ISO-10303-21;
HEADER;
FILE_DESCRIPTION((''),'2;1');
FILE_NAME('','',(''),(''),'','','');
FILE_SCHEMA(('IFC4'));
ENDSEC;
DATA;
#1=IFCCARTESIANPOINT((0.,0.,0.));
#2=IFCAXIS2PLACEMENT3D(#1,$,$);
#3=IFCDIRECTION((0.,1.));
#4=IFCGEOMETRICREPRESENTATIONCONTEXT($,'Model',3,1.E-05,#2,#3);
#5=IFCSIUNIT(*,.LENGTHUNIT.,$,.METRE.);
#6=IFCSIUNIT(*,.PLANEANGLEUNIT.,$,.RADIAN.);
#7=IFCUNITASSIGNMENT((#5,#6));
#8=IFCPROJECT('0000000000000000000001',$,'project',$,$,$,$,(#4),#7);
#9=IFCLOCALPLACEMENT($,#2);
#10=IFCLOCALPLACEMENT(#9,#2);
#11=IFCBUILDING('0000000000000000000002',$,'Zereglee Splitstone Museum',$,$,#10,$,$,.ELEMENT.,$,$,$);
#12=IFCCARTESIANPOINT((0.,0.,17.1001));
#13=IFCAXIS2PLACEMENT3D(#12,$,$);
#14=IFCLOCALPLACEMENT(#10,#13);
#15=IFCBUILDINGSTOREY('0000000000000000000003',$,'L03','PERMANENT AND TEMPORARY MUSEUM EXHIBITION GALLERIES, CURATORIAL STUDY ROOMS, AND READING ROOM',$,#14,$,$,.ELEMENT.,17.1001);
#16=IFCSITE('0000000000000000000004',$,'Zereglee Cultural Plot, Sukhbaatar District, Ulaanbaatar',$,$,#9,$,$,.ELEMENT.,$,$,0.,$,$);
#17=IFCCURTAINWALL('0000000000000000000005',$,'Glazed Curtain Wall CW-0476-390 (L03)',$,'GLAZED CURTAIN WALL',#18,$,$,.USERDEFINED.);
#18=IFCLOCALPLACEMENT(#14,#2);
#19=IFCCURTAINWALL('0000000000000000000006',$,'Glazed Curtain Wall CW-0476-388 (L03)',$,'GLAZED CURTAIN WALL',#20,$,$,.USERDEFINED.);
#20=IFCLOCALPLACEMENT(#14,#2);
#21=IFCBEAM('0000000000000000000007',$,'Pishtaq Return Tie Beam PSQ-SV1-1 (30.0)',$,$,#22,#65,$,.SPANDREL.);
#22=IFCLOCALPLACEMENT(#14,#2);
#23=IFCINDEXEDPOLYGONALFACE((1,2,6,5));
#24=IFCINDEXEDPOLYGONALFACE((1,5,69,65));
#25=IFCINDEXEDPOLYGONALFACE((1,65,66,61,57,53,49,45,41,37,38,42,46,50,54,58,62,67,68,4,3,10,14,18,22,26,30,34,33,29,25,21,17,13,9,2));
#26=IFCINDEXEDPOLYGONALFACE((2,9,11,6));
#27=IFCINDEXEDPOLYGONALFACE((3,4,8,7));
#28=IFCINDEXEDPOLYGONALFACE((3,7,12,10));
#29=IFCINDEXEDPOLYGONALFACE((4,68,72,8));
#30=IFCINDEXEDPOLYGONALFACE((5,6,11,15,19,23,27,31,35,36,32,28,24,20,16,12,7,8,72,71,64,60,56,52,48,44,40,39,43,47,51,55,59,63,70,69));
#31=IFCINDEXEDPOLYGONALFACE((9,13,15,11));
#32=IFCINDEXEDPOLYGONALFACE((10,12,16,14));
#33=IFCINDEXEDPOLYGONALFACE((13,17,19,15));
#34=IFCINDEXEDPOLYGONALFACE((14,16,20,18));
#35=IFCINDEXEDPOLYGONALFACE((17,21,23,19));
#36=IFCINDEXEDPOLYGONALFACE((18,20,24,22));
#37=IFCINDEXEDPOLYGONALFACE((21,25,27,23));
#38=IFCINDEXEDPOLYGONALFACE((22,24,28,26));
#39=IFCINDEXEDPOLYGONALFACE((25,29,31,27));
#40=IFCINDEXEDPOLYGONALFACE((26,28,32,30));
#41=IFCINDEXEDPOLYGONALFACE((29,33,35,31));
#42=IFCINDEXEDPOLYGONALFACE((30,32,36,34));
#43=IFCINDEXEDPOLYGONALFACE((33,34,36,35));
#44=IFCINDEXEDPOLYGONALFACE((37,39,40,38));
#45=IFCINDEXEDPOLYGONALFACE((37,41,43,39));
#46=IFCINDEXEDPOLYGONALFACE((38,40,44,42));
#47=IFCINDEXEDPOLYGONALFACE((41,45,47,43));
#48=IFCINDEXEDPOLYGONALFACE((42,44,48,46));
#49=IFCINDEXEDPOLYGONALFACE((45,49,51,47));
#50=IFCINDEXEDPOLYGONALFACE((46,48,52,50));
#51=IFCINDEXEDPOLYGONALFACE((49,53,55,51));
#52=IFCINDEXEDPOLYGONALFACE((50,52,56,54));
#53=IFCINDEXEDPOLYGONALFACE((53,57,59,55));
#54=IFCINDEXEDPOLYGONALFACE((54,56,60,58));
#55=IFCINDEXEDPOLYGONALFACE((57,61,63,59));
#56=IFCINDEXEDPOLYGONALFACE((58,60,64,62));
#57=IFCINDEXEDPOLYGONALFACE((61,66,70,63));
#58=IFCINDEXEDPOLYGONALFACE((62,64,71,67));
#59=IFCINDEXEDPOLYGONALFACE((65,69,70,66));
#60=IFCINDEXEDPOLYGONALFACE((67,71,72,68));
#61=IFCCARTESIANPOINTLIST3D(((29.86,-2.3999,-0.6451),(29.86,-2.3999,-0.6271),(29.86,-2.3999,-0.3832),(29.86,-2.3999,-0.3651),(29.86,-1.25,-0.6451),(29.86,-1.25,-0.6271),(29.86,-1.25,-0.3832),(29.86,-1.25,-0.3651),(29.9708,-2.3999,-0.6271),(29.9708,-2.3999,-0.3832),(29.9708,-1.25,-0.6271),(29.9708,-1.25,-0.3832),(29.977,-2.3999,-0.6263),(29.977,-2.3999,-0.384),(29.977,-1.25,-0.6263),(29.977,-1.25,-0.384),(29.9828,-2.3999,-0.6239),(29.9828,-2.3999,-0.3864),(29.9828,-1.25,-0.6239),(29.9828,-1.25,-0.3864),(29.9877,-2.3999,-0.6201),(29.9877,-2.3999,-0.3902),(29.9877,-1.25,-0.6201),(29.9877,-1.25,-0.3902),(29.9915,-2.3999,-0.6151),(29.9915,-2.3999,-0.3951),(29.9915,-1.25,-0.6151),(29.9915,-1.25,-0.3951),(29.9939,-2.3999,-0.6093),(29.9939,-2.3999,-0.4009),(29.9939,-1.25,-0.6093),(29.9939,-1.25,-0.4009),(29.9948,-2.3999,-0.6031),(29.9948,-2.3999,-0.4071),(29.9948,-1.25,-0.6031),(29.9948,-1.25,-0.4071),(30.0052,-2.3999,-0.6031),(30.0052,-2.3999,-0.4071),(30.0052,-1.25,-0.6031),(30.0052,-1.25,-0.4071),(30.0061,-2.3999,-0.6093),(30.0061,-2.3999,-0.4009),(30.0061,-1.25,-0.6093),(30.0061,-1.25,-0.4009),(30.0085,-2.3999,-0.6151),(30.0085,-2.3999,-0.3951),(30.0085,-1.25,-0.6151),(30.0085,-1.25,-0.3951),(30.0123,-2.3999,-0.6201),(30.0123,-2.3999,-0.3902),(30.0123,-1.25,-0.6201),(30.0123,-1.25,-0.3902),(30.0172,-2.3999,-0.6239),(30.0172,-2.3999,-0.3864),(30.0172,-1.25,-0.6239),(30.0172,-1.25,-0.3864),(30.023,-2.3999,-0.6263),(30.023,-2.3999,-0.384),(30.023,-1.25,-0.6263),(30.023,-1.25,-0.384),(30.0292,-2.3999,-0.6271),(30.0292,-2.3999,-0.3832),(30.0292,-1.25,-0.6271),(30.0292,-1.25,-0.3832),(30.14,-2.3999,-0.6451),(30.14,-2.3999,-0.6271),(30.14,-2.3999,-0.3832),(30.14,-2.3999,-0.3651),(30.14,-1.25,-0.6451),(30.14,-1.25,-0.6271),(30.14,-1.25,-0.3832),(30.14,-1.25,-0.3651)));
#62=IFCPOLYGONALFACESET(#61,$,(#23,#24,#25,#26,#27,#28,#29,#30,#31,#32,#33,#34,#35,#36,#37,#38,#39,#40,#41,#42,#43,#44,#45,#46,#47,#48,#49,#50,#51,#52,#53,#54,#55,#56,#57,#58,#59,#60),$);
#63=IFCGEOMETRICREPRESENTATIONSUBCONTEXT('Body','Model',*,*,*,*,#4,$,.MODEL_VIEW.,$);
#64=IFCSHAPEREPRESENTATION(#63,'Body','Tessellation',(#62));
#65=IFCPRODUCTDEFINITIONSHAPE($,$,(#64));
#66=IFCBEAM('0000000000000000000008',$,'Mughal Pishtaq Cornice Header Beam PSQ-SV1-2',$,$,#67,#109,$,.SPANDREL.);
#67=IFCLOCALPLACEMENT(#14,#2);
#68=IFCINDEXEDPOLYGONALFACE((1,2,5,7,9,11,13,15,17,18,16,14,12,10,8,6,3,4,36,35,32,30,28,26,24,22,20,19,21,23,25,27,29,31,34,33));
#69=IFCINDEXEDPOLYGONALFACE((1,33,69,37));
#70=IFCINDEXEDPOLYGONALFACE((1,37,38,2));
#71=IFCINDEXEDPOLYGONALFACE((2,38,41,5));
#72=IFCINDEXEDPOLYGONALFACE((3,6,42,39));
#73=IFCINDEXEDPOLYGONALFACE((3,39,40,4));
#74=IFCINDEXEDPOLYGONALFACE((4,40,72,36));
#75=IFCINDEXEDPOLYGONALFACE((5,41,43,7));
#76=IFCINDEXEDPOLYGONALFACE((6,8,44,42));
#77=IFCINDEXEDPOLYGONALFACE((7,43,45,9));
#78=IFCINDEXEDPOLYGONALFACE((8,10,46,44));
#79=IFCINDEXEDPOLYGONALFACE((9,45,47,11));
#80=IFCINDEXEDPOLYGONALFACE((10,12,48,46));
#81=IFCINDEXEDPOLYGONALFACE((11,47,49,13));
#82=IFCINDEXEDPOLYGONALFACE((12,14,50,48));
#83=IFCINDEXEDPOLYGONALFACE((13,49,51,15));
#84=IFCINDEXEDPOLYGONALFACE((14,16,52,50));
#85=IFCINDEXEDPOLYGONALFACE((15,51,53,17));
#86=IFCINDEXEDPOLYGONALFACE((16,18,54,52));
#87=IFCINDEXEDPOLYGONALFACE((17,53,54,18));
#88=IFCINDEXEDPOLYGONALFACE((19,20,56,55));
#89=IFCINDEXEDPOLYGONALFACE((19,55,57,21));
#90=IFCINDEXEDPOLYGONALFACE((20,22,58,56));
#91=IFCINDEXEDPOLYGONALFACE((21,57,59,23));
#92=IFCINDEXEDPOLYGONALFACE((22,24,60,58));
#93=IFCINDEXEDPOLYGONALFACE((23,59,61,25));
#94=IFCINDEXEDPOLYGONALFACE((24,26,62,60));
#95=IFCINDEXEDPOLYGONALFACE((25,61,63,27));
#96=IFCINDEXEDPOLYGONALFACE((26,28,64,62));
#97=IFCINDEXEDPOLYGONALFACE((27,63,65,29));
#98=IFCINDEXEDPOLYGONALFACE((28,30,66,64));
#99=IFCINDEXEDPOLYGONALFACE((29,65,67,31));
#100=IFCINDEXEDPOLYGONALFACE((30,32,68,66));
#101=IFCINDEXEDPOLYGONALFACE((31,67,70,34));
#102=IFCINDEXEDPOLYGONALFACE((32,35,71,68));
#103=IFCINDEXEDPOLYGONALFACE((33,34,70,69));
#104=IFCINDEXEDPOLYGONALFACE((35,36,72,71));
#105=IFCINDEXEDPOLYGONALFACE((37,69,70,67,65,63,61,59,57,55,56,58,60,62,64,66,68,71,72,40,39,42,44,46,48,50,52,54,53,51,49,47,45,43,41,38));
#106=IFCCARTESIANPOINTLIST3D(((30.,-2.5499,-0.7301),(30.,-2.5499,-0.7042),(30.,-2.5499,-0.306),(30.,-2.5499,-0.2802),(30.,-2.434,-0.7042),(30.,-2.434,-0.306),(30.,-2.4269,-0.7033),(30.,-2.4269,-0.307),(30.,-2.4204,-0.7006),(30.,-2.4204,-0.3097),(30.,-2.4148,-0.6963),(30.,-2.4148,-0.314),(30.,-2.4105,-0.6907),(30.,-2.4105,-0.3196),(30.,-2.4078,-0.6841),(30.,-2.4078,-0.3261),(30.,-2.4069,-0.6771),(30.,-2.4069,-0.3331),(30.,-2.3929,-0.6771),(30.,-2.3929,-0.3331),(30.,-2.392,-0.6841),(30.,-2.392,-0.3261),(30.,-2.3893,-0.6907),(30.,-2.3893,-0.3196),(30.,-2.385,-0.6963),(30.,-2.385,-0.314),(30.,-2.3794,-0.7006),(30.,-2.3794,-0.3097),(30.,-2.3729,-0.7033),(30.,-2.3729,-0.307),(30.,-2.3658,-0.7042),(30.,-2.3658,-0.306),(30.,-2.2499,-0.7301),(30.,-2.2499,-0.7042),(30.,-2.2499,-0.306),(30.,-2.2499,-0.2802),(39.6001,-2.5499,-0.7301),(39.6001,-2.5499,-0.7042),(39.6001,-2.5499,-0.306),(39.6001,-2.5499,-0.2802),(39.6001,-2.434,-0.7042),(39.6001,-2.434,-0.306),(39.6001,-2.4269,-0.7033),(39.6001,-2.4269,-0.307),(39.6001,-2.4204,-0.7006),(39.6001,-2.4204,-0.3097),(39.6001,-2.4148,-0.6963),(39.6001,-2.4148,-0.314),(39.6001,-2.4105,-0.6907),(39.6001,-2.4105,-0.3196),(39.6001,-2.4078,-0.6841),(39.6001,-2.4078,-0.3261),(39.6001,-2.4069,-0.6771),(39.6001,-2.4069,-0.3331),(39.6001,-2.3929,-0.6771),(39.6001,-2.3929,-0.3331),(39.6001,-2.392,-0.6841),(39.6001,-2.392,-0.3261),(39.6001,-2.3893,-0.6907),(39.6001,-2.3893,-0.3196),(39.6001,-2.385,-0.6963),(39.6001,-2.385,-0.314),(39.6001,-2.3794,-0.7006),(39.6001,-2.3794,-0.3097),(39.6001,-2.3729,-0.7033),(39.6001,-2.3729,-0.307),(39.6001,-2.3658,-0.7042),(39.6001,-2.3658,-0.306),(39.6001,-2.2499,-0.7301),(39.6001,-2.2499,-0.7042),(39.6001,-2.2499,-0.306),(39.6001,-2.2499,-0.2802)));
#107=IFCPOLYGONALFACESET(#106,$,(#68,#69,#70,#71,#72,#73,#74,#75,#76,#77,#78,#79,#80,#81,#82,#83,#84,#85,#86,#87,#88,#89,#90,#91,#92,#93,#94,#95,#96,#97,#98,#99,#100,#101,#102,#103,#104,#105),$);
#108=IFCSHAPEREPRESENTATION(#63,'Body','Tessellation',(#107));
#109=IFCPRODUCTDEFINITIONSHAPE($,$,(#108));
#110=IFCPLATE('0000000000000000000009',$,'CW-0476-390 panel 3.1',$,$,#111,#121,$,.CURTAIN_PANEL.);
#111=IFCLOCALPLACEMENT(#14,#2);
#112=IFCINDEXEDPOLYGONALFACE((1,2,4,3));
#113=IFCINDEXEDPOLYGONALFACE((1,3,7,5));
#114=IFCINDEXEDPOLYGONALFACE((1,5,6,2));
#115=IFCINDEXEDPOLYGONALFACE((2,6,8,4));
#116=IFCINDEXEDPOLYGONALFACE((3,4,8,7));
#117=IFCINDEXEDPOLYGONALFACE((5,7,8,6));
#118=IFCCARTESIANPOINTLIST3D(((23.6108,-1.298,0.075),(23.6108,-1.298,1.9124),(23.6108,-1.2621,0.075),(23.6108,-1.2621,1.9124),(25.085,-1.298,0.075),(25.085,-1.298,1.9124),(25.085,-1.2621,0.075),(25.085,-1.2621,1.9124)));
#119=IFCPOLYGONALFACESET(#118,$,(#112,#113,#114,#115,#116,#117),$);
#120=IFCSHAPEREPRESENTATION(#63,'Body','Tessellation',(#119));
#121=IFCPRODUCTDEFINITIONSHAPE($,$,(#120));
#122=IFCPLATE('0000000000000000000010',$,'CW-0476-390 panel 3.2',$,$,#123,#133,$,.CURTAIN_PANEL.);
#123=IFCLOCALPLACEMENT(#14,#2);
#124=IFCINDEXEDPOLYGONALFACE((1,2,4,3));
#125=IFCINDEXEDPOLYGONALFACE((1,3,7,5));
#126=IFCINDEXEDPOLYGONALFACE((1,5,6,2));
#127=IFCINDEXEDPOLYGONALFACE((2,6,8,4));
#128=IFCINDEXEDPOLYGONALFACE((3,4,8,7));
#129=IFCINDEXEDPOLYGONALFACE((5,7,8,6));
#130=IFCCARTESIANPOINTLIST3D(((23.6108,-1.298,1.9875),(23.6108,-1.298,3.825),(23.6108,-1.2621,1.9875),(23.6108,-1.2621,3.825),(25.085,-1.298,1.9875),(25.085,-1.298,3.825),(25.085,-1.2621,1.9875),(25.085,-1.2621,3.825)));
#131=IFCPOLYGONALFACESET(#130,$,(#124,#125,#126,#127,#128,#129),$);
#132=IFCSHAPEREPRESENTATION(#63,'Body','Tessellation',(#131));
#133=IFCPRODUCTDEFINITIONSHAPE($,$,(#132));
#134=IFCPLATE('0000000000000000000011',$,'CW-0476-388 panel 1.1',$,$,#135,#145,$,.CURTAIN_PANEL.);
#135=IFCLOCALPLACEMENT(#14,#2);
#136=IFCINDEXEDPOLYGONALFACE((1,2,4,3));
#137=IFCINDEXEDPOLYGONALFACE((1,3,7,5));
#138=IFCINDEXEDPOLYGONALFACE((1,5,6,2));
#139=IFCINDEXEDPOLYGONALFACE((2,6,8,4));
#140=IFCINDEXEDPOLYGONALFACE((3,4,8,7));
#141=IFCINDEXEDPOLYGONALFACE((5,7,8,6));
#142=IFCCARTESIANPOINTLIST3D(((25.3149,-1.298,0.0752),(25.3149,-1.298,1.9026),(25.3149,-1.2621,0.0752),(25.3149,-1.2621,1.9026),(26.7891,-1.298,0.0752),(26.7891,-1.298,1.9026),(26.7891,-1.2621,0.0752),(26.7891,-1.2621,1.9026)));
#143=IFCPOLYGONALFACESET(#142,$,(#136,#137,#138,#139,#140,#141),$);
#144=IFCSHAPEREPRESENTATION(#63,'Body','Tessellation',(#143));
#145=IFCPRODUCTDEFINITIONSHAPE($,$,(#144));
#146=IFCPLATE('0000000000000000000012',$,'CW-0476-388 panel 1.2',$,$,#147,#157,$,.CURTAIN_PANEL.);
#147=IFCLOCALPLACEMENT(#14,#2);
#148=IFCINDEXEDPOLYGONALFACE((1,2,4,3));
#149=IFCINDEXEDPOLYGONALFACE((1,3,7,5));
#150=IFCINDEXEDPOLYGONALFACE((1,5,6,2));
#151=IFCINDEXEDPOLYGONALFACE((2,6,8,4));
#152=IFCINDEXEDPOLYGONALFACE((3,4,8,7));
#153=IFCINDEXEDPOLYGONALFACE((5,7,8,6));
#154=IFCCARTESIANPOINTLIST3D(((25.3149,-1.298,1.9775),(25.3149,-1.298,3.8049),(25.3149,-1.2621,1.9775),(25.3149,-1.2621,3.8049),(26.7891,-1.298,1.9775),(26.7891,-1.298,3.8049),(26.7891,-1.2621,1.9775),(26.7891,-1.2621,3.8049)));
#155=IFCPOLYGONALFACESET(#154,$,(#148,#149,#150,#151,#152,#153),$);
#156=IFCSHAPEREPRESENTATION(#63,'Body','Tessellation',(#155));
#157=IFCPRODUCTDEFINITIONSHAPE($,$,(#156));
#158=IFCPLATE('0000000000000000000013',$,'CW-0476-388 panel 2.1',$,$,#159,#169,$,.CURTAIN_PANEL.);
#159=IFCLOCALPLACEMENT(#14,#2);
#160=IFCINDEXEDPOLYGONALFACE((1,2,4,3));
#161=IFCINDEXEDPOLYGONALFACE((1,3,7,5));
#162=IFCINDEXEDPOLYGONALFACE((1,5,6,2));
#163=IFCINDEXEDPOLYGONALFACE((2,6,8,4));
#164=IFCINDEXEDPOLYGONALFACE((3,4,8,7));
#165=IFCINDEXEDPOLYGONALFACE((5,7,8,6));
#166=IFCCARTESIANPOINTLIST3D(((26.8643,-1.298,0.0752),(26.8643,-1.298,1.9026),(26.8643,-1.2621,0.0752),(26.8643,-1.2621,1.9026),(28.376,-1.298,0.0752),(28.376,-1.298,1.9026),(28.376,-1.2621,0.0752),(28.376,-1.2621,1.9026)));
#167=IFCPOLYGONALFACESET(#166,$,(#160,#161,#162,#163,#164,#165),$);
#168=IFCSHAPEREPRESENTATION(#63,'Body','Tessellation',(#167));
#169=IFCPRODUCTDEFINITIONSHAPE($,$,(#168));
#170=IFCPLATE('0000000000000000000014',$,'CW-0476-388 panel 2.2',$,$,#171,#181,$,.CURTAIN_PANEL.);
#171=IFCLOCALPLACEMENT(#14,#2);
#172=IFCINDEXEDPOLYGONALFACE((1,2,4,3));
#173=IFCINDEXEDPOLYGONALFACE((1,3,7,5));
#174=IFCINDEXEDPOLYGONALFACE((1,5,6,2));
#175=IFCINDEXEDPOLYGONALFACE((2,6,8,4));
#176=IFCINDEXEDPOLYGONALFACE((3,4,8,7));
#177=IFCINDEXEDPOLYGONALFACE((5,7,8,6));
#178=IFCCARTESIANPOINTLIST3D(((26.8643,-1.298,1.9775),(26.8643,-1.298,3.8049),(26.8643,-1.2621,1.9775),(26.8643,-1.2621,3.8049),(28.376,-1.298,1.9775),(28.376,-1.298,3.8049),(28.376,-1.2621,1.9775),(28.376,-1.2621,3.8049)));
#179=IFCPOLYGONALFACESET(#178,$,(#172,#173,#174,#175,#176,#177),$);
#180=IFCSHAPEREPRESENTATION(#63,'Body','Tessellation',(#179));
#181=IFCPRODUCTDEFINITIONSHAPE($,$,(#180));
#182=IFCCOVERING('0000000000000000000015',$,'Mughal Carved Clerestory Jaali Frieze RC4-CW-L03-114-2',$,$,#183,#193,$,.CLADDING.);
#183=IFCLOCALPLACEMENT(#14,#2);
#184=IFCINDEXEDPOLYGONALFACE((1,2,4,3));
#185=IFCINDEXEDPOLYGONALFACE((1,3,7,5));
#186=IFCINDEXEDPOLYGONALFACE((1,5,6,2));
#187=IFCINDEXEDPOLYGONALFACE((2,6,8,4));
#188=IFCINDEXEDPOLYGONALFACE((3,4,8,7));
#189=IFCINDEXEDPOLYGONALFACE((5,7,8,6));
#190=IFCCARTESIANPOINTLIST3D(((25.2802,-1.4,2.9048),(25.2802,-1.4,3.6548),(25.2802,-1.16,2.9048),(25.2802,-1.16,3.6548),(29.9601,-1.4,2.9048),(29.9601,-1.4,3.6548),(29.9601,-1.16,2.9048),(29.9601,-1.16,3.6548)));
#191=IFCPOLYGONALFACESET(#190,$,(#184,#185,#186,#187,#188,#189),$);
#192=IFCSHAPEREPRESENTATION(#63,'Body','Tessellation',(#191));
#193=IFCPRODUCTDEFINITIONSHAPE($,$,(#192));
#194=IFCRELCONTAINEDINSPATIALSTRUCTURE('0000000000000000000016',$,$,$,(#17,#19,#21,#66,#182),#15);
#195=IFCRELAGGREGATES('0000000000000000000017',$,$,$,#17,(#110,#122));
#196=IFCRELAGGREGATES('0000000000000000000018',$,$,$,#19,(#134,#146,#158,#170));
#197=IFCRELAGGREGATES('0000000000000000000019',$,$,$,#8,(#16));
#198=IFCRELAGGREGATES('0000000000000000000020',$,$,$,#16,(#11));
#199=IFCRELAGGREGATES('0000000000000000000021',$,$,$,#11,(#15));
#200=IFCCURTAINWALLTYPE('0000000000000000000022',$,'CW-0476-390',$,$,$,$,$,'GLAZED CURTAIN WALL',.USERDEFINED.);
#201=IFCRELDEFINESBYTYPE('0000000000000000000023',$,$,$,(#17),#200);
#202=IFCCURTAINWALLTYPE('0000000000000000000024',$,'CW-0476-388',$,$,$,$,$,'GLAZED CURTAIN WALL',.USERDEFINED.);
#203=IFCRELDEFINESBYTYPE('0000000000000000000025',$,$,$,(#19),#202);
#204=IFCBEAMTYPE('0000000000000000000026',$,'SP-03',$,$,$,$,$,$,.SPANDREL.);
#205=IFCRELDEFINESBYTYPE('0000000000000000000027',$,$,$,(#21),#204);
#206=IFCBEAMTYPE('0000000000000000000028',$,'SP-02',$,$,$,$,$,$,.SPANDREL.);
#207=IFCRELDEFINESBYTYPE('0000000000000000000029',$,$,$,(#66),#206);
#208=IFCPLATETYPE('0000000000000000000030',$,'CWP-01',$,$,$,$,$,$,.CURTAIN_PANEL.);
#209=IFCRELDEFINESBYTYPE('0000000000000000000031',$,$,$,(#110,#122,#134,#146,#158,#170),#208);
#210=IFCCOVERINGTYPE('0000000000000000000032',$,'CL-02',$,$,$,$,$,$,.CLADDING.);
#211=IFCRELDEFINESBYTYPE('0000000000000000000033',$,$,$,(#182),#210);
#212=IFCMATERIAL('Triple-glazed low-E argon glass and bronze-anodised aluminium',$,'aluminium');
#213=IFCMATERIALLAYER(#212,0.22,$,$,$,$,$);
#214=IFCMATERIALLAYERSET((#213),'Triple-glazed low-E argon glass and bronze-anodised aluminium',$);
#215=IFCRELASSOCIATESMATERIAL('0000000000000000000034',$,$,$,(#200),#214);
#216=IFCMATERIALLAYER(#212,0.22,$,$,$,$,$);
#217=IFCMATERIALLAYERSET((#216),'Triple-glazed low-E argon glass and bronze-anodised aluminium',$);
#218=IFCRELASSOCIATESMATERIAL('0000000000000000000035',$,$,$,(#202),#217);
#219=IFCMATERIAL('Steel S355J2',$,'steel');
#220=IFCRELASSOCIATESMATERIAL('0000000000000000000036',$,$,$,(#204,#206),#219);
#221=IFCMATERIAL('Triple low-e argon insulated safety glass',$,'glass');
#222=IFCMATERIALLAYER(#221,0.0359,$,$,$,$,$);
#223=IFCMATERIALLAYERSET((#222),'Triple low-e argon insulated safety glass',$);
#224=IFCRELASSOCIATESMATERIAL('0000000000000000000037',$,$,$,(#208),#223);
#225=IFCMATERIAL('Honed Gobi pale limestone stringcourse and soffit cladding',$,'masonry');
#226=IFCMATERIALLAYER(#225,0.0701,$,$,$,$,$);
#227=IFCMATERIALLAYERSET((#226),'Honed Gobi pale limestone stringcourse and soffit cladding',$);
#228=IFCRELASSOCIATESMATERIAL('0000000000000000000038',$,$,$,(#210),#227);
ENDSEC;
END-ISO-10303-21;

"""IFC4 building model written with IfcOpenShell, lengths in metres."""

from ifc_helpers import new_model, si_unit, direction, frame, origin, origin_2d, place, context, subcontext, project, spatial, rectangle, i_section, extrude, material, layer, layer_set, material_profile, profile_set, type_object, element, aggregate, save


model = new_model("IFC4")

# Units and contexts
model_context = context("Model", 3, precision=1e-05, world=origin(), true_north=direction((0.0, 1.0)))
body_context = subcontext(model_context, "Body", "Model", "MODEL_VIEW")
ifc_project = project(units=[si_unit("LENGTHUNIT", "METRE"), si_unit("PLANEANGLEUNIT", "RADIAN")], contexts=[model_context])

# Site, building, storey
site_placement = place(None, origin())
site = spatial("IfcSite", under=ifc_project, at=site_placement, Name="Zereglee Cultural Plot, Sukhbaatar District, Ulaanbaatar", CompositionType="ELEMENT", RefElevation=0.0)
building_placement = place(site_placement, origin())
building = spatial("IfcBuilding", under=site, at=building_placement, Name="Zereglee Splitstone Museum", CompositionType="ELEMENT")
storey_placement = place(building_placement, frame((0.0, 0.0, 17.1001)))
storey = spatial("IfcBuildingStorey", under=building, at=storey_placement, Name="L03", Description="PERMANENT AND TEMPORARY MUSEUM EXHIBITION GALLERIES, CURATORIAL STUDY ROOMS, AND READING ROOM", CompositionType="ELEMENT", Elevation=17.1001)

# Curtain wall
ifc_material_1 = material(Name="Triple-glazed low-E argon glass and bronze-anodised aluminium", Category="aluminium")
ifc_layer_1 = layer(ifc_material_1, 0.22)
ifc_layer_set_1 = layer_set([ifc_layer_1], Name="Triple-glazed low-E argon glass and bronze-anodised aluminium")
curtain_wall_type_1 = type_object("IfcCurtainWallType", Name="CW-0476-390", ElementType="GLAZED CURTAIN WALL", PredefinedType="USERDEFINED", material=ifc_layer_set_1)
curtain_wall_1_placement = place(storey_placement, origin())
curtain_wall_1 = element("IfcCurtainWall", 1, at=curtain_wall_1_placement, inside=storey, type_object=curtain_wall_type_1, Name="Glazed Curtain Wall CW-0476-390 (L03)", ObjectType="GLAZED CURTAIN WALL", PredefinedType="USERDEFINED")

# Curtain wall
ifc_layer_2 = layer(ifc_material_1, 0.22)
ifc_layer_set_2 = layer_set([ifc_layer_2], Name="Triple-glazed low-E argon glass and bronze-anodised aluminium")
curtain_wall_type_2 = type_object("IfcCurtainWallType", Name="CW-0476-388", ElementType="GLAZED CURTAIN WALL", PredefinedType="USERDEFINED", material=ifc_layer_set_2)
curtain_wall_2_placement = place(storey_placement, origin())
curtain_wall_2 = element("IfcCurtainWall", 2, at=curtain_wall_2_placement, inside=storey, type_object=curtain_wall_type_2, Name="Glazed Curtain Wall CW-0476-388 (L03)", ObjectType="GLAZED CURTAIN WALL", PredefinedType="USERDEFINED")

# Beams
ifc_material_2 = material(Name="Steel S355J2", Category="steel")
ifc_material_profile_1 = material_profile(ifc_material_2, i_section(OverallWidth=0.28, OverallDepth=0.28, WebThickness=0.0105, FlangeThickness=0.0181, FilletRadius=0.0239, at=origin_2d()), Name="HE 280 B")
ifc_profile_set_1 = profile_set([ifc_material_profile_1], Name="Steel S355J2")
beam_type_1 = type_object("IfcBeamType", Name="SP-03", PredefinedType="SPANDREL", material=ifc_profile_set_1)
beam_1_placement = place(storey_placement, frame((30.0, -2.3999, -0.5051), z_axis=(0.0, 1.0, 0.0), x_axis=(-1.0, 0.0, 0.0)))
element("IfcBeam", 3, at=beam_1_placement, inside=storey, type_object=beam_type_1, Name="Pishtaq Return Tie Beam PSQ-SV1-1 (30.0)", PredefinedType="SPANDREL", context=body_context, shape_type="SweptSolid", body=[
    extrude(i_section(OverallWidth=0.28, OverallDepth=0.28, WebThickness=0.0105, FlangeThickness=0.0181, FilletRadius=0.0239, at=origin_2d()), origin(), (0.0, 0.0, 1.0), 1.1499),
])
ifc_material_profile_2 = material_profile(ifc_material_2, i_section(OverallWidth=0.3, OverallDepth=0.45, WebThickness=0.0139, FlangeThickness=0.0259, FilletRadius=0.0271, at=origin_2d()), Name="HE 450 B")
ifc_profile_set_2 = profile_set([ifc_material_profile_2], Name="Steel S355J2")
beam_type_2 = type_object("IfcBeamType", Name="SP-02", PredefinedType="SPANDREL", material=ifc_profile_set_2)
beam_2_placement = place(storey_placement, frame((30.0, -2.3999, -0.5051), z_axis=(1.0, 0.0, 0.0), x_axis=(0.0, 1.0, 0.0)))
element("IfcBeam", 4, at=beam_2_placement, inside=storey, type_object=beam_type_2, Name="Mughal Pishtaq Cornice Header Beam PSQ-SV1-2", PredefinedType="SPANDREL", context=body_context, shape_type="SweptSolid", body=[
    extrude(i_section(OverallWidth=0.3, OverallDepth=0.45, WebThickness=0.0139, FlangeThickness=0.0259, FilletRadius=0.0271, at=origin_2d()), origin(), (0.0, 0.0, 1.0), 9.6001),
])

# Plates
ifc_material_3 = material(Name="Triple low-e argon insulated safety glass", Category="glass")
ifc_layer_3 = layer(ifc_material_3, 0.0359)
ifc_layer_set_3 = layer_set([ifc_layer_3], Name="Triple low-e argon insulated safety glass")
plate_type = type_object("IfcPlateType", Name="CWP-01", PredefinedType="CURTAIN_PANEL", material=ifc_layer_set_3)
plate_1_placement = place(storey_placement, frame((24.3479, -1.28, 0.075), z_axis=(0.0, 0.0, 1.0), x_axis=(1.0, 0.0, 0.0)))
plate_1 = element("IfcPlate", 5, at=plate_1_placement, type_object=plate_type, Name="CW-0476-390 panel 3.1", PredefinedType="CURTAIN_PANEL", context=body_context, shape_type="SweptSolid", body=[
    extrude(rectangle(XDim=1.4741, YDim=0.0359, at=origin_2d()), origin(), (0.0, 0.0, 1.0), 1.8374),
])
plate_2_placement = place(storey_placement, frame((24.3479, -1.28, 1.9875), z_axis=(0.0, 0.0, 1.0), x_axis=(1.0, 0.0, 0.0)))
plate_2 = element("IfcPlate", 6, at=plate_2_placement, type_object=plate_type, Name="CW-0476-390 panel 3.2", PredefinedType="CURTAIN_PANEL", context=body_context, shape_type="SweptSolid", body=[
    extrude(rectangle(XDim=1.4741, YDim=0.0359, at=origin_2d()), origin(), (0.0, 0.0, 1.0), 1.8374),
])
aggregate(curtain_wall_1, [plate_1, plate_2])
plate_3_placement = place(storey_placement, frame((26.052, -1.28, 0.0752), z_axis=(0.0, 0.0, 1.0), x_axis=(1.0, 0.0, 0.0)))
plate_3 = element("IfcPlate", 7, at=plate_3_placement, type_object=plate_type, Name="CW-0476-388 panel 1.1", PredefinedType="CURTAIN_PANEL", context=body_context, shape_type="SweptSolid", body=[
    extrude(rectangle(XDim=1.4741, YDim=0.0359, at=origin_2d()), origin(), (0.0, 0.0, 1.0), 1.8274),
])
plate_4_placement = place(storey_placement, frame((26.052, -1.28, 1.9775), z_axis=(0.0, 0.0, 1.0), x_axis=(1.0, 0.0, 0.0)))
plate_4 = element("IfcPlate", 8, at=plate_4_placement, type_object=plate_type, Name="CW-0476-388 panel 1.2", PredefinedType="CURTAIN_PANEL", context=body_context, shape_type="SweptSolid", body=[
    extrude(rectangle(XDim=1.4741, YDim=0.0359, at=origin_2d()), origin(), (0.0, 0.0, 1.0), 1.8274),
])
plate_5_placement = place(storey_placement, frame((27.6201, -1.28, 0.0752), z_axis=(0.0, 0.0, 1.0), x_axis=(1.0, 0.0, 0.0)))
plate_5 = element("IfcPlate", 9, at=plate_5_placement, type_object=plate_type, Name="CW-0476-388 panel 2.1", PredefinedType="CURTAIN_PANEL", context=body_context, shape_type="SweptSolid", body=[
    extrude(rectangle(XDim=1.5117, YDim=0.0359, at=origin_2d()), origin(), (0.0, 0.0, 1.0), 1.8274),
])
plate_6_placement = place(storey_placement, frame((27.6201, -1.28, 1.9775), z_axis=(0.0, 0.0, 1.0), x_axis=(1.0, 0.0, 0.0)))
plate_6 = element("IfcPlate", 10, at=plate_6_placement, type_object=plate_type, Name="CW-0476-388 panel 2.2", PredefinedType="CURTAIN_PANEL", context=body_context, shape_type="SweptSolid", body=[
    extrude(rectangle(XDim=1.5117, YDim=0.0359, at=origin_2d()), origin(), (0.0, 0.0, 1.0), 1.8274),
])
aggregate(curtain_wall_2, [plate_3, plate_4, plate_5, plate_6])

# Covering
ifc_material_4 = material(Name="Honed Gobi pale limestone stringcourse and soffit cladding", Category="masonry")
ifc_layer_4 = layer(ifc_material_4, 0.0701)
ifc_layer_set_4 = layer_set([ifc_layer_4], Name="Honed Gobi pale limestone stringcourse and soffit cladding")
covering_type = type_object("IfcCoveringType", Name="CL-02", PredefinedType="CLADDING", material=ifc_layer_set_4)
covering_placement = place(storey_placement, frame((27.6201, -1.28, 2.9048), z_axis=(0.0, 0.0, 1.0), x_axis=(1.0, 0.0, 0.0)))
element("IfcCovering", 11, at=covering_placement, inside=storey, type_object=covering_type, Name="Mughal Carved Clerestory Jaali Frieze RC4-CW-L03-114-2", PredefinedType="CLADDING", context=body_context, shape_type="SweptSolid", body=[
    extrude(rectangle(XDim=4.6799, YDim=0.24, at=origin_2d()), origin(), (0.0, 0.0, 1.0), 0.75),
])

save(model, "model.ifc")
